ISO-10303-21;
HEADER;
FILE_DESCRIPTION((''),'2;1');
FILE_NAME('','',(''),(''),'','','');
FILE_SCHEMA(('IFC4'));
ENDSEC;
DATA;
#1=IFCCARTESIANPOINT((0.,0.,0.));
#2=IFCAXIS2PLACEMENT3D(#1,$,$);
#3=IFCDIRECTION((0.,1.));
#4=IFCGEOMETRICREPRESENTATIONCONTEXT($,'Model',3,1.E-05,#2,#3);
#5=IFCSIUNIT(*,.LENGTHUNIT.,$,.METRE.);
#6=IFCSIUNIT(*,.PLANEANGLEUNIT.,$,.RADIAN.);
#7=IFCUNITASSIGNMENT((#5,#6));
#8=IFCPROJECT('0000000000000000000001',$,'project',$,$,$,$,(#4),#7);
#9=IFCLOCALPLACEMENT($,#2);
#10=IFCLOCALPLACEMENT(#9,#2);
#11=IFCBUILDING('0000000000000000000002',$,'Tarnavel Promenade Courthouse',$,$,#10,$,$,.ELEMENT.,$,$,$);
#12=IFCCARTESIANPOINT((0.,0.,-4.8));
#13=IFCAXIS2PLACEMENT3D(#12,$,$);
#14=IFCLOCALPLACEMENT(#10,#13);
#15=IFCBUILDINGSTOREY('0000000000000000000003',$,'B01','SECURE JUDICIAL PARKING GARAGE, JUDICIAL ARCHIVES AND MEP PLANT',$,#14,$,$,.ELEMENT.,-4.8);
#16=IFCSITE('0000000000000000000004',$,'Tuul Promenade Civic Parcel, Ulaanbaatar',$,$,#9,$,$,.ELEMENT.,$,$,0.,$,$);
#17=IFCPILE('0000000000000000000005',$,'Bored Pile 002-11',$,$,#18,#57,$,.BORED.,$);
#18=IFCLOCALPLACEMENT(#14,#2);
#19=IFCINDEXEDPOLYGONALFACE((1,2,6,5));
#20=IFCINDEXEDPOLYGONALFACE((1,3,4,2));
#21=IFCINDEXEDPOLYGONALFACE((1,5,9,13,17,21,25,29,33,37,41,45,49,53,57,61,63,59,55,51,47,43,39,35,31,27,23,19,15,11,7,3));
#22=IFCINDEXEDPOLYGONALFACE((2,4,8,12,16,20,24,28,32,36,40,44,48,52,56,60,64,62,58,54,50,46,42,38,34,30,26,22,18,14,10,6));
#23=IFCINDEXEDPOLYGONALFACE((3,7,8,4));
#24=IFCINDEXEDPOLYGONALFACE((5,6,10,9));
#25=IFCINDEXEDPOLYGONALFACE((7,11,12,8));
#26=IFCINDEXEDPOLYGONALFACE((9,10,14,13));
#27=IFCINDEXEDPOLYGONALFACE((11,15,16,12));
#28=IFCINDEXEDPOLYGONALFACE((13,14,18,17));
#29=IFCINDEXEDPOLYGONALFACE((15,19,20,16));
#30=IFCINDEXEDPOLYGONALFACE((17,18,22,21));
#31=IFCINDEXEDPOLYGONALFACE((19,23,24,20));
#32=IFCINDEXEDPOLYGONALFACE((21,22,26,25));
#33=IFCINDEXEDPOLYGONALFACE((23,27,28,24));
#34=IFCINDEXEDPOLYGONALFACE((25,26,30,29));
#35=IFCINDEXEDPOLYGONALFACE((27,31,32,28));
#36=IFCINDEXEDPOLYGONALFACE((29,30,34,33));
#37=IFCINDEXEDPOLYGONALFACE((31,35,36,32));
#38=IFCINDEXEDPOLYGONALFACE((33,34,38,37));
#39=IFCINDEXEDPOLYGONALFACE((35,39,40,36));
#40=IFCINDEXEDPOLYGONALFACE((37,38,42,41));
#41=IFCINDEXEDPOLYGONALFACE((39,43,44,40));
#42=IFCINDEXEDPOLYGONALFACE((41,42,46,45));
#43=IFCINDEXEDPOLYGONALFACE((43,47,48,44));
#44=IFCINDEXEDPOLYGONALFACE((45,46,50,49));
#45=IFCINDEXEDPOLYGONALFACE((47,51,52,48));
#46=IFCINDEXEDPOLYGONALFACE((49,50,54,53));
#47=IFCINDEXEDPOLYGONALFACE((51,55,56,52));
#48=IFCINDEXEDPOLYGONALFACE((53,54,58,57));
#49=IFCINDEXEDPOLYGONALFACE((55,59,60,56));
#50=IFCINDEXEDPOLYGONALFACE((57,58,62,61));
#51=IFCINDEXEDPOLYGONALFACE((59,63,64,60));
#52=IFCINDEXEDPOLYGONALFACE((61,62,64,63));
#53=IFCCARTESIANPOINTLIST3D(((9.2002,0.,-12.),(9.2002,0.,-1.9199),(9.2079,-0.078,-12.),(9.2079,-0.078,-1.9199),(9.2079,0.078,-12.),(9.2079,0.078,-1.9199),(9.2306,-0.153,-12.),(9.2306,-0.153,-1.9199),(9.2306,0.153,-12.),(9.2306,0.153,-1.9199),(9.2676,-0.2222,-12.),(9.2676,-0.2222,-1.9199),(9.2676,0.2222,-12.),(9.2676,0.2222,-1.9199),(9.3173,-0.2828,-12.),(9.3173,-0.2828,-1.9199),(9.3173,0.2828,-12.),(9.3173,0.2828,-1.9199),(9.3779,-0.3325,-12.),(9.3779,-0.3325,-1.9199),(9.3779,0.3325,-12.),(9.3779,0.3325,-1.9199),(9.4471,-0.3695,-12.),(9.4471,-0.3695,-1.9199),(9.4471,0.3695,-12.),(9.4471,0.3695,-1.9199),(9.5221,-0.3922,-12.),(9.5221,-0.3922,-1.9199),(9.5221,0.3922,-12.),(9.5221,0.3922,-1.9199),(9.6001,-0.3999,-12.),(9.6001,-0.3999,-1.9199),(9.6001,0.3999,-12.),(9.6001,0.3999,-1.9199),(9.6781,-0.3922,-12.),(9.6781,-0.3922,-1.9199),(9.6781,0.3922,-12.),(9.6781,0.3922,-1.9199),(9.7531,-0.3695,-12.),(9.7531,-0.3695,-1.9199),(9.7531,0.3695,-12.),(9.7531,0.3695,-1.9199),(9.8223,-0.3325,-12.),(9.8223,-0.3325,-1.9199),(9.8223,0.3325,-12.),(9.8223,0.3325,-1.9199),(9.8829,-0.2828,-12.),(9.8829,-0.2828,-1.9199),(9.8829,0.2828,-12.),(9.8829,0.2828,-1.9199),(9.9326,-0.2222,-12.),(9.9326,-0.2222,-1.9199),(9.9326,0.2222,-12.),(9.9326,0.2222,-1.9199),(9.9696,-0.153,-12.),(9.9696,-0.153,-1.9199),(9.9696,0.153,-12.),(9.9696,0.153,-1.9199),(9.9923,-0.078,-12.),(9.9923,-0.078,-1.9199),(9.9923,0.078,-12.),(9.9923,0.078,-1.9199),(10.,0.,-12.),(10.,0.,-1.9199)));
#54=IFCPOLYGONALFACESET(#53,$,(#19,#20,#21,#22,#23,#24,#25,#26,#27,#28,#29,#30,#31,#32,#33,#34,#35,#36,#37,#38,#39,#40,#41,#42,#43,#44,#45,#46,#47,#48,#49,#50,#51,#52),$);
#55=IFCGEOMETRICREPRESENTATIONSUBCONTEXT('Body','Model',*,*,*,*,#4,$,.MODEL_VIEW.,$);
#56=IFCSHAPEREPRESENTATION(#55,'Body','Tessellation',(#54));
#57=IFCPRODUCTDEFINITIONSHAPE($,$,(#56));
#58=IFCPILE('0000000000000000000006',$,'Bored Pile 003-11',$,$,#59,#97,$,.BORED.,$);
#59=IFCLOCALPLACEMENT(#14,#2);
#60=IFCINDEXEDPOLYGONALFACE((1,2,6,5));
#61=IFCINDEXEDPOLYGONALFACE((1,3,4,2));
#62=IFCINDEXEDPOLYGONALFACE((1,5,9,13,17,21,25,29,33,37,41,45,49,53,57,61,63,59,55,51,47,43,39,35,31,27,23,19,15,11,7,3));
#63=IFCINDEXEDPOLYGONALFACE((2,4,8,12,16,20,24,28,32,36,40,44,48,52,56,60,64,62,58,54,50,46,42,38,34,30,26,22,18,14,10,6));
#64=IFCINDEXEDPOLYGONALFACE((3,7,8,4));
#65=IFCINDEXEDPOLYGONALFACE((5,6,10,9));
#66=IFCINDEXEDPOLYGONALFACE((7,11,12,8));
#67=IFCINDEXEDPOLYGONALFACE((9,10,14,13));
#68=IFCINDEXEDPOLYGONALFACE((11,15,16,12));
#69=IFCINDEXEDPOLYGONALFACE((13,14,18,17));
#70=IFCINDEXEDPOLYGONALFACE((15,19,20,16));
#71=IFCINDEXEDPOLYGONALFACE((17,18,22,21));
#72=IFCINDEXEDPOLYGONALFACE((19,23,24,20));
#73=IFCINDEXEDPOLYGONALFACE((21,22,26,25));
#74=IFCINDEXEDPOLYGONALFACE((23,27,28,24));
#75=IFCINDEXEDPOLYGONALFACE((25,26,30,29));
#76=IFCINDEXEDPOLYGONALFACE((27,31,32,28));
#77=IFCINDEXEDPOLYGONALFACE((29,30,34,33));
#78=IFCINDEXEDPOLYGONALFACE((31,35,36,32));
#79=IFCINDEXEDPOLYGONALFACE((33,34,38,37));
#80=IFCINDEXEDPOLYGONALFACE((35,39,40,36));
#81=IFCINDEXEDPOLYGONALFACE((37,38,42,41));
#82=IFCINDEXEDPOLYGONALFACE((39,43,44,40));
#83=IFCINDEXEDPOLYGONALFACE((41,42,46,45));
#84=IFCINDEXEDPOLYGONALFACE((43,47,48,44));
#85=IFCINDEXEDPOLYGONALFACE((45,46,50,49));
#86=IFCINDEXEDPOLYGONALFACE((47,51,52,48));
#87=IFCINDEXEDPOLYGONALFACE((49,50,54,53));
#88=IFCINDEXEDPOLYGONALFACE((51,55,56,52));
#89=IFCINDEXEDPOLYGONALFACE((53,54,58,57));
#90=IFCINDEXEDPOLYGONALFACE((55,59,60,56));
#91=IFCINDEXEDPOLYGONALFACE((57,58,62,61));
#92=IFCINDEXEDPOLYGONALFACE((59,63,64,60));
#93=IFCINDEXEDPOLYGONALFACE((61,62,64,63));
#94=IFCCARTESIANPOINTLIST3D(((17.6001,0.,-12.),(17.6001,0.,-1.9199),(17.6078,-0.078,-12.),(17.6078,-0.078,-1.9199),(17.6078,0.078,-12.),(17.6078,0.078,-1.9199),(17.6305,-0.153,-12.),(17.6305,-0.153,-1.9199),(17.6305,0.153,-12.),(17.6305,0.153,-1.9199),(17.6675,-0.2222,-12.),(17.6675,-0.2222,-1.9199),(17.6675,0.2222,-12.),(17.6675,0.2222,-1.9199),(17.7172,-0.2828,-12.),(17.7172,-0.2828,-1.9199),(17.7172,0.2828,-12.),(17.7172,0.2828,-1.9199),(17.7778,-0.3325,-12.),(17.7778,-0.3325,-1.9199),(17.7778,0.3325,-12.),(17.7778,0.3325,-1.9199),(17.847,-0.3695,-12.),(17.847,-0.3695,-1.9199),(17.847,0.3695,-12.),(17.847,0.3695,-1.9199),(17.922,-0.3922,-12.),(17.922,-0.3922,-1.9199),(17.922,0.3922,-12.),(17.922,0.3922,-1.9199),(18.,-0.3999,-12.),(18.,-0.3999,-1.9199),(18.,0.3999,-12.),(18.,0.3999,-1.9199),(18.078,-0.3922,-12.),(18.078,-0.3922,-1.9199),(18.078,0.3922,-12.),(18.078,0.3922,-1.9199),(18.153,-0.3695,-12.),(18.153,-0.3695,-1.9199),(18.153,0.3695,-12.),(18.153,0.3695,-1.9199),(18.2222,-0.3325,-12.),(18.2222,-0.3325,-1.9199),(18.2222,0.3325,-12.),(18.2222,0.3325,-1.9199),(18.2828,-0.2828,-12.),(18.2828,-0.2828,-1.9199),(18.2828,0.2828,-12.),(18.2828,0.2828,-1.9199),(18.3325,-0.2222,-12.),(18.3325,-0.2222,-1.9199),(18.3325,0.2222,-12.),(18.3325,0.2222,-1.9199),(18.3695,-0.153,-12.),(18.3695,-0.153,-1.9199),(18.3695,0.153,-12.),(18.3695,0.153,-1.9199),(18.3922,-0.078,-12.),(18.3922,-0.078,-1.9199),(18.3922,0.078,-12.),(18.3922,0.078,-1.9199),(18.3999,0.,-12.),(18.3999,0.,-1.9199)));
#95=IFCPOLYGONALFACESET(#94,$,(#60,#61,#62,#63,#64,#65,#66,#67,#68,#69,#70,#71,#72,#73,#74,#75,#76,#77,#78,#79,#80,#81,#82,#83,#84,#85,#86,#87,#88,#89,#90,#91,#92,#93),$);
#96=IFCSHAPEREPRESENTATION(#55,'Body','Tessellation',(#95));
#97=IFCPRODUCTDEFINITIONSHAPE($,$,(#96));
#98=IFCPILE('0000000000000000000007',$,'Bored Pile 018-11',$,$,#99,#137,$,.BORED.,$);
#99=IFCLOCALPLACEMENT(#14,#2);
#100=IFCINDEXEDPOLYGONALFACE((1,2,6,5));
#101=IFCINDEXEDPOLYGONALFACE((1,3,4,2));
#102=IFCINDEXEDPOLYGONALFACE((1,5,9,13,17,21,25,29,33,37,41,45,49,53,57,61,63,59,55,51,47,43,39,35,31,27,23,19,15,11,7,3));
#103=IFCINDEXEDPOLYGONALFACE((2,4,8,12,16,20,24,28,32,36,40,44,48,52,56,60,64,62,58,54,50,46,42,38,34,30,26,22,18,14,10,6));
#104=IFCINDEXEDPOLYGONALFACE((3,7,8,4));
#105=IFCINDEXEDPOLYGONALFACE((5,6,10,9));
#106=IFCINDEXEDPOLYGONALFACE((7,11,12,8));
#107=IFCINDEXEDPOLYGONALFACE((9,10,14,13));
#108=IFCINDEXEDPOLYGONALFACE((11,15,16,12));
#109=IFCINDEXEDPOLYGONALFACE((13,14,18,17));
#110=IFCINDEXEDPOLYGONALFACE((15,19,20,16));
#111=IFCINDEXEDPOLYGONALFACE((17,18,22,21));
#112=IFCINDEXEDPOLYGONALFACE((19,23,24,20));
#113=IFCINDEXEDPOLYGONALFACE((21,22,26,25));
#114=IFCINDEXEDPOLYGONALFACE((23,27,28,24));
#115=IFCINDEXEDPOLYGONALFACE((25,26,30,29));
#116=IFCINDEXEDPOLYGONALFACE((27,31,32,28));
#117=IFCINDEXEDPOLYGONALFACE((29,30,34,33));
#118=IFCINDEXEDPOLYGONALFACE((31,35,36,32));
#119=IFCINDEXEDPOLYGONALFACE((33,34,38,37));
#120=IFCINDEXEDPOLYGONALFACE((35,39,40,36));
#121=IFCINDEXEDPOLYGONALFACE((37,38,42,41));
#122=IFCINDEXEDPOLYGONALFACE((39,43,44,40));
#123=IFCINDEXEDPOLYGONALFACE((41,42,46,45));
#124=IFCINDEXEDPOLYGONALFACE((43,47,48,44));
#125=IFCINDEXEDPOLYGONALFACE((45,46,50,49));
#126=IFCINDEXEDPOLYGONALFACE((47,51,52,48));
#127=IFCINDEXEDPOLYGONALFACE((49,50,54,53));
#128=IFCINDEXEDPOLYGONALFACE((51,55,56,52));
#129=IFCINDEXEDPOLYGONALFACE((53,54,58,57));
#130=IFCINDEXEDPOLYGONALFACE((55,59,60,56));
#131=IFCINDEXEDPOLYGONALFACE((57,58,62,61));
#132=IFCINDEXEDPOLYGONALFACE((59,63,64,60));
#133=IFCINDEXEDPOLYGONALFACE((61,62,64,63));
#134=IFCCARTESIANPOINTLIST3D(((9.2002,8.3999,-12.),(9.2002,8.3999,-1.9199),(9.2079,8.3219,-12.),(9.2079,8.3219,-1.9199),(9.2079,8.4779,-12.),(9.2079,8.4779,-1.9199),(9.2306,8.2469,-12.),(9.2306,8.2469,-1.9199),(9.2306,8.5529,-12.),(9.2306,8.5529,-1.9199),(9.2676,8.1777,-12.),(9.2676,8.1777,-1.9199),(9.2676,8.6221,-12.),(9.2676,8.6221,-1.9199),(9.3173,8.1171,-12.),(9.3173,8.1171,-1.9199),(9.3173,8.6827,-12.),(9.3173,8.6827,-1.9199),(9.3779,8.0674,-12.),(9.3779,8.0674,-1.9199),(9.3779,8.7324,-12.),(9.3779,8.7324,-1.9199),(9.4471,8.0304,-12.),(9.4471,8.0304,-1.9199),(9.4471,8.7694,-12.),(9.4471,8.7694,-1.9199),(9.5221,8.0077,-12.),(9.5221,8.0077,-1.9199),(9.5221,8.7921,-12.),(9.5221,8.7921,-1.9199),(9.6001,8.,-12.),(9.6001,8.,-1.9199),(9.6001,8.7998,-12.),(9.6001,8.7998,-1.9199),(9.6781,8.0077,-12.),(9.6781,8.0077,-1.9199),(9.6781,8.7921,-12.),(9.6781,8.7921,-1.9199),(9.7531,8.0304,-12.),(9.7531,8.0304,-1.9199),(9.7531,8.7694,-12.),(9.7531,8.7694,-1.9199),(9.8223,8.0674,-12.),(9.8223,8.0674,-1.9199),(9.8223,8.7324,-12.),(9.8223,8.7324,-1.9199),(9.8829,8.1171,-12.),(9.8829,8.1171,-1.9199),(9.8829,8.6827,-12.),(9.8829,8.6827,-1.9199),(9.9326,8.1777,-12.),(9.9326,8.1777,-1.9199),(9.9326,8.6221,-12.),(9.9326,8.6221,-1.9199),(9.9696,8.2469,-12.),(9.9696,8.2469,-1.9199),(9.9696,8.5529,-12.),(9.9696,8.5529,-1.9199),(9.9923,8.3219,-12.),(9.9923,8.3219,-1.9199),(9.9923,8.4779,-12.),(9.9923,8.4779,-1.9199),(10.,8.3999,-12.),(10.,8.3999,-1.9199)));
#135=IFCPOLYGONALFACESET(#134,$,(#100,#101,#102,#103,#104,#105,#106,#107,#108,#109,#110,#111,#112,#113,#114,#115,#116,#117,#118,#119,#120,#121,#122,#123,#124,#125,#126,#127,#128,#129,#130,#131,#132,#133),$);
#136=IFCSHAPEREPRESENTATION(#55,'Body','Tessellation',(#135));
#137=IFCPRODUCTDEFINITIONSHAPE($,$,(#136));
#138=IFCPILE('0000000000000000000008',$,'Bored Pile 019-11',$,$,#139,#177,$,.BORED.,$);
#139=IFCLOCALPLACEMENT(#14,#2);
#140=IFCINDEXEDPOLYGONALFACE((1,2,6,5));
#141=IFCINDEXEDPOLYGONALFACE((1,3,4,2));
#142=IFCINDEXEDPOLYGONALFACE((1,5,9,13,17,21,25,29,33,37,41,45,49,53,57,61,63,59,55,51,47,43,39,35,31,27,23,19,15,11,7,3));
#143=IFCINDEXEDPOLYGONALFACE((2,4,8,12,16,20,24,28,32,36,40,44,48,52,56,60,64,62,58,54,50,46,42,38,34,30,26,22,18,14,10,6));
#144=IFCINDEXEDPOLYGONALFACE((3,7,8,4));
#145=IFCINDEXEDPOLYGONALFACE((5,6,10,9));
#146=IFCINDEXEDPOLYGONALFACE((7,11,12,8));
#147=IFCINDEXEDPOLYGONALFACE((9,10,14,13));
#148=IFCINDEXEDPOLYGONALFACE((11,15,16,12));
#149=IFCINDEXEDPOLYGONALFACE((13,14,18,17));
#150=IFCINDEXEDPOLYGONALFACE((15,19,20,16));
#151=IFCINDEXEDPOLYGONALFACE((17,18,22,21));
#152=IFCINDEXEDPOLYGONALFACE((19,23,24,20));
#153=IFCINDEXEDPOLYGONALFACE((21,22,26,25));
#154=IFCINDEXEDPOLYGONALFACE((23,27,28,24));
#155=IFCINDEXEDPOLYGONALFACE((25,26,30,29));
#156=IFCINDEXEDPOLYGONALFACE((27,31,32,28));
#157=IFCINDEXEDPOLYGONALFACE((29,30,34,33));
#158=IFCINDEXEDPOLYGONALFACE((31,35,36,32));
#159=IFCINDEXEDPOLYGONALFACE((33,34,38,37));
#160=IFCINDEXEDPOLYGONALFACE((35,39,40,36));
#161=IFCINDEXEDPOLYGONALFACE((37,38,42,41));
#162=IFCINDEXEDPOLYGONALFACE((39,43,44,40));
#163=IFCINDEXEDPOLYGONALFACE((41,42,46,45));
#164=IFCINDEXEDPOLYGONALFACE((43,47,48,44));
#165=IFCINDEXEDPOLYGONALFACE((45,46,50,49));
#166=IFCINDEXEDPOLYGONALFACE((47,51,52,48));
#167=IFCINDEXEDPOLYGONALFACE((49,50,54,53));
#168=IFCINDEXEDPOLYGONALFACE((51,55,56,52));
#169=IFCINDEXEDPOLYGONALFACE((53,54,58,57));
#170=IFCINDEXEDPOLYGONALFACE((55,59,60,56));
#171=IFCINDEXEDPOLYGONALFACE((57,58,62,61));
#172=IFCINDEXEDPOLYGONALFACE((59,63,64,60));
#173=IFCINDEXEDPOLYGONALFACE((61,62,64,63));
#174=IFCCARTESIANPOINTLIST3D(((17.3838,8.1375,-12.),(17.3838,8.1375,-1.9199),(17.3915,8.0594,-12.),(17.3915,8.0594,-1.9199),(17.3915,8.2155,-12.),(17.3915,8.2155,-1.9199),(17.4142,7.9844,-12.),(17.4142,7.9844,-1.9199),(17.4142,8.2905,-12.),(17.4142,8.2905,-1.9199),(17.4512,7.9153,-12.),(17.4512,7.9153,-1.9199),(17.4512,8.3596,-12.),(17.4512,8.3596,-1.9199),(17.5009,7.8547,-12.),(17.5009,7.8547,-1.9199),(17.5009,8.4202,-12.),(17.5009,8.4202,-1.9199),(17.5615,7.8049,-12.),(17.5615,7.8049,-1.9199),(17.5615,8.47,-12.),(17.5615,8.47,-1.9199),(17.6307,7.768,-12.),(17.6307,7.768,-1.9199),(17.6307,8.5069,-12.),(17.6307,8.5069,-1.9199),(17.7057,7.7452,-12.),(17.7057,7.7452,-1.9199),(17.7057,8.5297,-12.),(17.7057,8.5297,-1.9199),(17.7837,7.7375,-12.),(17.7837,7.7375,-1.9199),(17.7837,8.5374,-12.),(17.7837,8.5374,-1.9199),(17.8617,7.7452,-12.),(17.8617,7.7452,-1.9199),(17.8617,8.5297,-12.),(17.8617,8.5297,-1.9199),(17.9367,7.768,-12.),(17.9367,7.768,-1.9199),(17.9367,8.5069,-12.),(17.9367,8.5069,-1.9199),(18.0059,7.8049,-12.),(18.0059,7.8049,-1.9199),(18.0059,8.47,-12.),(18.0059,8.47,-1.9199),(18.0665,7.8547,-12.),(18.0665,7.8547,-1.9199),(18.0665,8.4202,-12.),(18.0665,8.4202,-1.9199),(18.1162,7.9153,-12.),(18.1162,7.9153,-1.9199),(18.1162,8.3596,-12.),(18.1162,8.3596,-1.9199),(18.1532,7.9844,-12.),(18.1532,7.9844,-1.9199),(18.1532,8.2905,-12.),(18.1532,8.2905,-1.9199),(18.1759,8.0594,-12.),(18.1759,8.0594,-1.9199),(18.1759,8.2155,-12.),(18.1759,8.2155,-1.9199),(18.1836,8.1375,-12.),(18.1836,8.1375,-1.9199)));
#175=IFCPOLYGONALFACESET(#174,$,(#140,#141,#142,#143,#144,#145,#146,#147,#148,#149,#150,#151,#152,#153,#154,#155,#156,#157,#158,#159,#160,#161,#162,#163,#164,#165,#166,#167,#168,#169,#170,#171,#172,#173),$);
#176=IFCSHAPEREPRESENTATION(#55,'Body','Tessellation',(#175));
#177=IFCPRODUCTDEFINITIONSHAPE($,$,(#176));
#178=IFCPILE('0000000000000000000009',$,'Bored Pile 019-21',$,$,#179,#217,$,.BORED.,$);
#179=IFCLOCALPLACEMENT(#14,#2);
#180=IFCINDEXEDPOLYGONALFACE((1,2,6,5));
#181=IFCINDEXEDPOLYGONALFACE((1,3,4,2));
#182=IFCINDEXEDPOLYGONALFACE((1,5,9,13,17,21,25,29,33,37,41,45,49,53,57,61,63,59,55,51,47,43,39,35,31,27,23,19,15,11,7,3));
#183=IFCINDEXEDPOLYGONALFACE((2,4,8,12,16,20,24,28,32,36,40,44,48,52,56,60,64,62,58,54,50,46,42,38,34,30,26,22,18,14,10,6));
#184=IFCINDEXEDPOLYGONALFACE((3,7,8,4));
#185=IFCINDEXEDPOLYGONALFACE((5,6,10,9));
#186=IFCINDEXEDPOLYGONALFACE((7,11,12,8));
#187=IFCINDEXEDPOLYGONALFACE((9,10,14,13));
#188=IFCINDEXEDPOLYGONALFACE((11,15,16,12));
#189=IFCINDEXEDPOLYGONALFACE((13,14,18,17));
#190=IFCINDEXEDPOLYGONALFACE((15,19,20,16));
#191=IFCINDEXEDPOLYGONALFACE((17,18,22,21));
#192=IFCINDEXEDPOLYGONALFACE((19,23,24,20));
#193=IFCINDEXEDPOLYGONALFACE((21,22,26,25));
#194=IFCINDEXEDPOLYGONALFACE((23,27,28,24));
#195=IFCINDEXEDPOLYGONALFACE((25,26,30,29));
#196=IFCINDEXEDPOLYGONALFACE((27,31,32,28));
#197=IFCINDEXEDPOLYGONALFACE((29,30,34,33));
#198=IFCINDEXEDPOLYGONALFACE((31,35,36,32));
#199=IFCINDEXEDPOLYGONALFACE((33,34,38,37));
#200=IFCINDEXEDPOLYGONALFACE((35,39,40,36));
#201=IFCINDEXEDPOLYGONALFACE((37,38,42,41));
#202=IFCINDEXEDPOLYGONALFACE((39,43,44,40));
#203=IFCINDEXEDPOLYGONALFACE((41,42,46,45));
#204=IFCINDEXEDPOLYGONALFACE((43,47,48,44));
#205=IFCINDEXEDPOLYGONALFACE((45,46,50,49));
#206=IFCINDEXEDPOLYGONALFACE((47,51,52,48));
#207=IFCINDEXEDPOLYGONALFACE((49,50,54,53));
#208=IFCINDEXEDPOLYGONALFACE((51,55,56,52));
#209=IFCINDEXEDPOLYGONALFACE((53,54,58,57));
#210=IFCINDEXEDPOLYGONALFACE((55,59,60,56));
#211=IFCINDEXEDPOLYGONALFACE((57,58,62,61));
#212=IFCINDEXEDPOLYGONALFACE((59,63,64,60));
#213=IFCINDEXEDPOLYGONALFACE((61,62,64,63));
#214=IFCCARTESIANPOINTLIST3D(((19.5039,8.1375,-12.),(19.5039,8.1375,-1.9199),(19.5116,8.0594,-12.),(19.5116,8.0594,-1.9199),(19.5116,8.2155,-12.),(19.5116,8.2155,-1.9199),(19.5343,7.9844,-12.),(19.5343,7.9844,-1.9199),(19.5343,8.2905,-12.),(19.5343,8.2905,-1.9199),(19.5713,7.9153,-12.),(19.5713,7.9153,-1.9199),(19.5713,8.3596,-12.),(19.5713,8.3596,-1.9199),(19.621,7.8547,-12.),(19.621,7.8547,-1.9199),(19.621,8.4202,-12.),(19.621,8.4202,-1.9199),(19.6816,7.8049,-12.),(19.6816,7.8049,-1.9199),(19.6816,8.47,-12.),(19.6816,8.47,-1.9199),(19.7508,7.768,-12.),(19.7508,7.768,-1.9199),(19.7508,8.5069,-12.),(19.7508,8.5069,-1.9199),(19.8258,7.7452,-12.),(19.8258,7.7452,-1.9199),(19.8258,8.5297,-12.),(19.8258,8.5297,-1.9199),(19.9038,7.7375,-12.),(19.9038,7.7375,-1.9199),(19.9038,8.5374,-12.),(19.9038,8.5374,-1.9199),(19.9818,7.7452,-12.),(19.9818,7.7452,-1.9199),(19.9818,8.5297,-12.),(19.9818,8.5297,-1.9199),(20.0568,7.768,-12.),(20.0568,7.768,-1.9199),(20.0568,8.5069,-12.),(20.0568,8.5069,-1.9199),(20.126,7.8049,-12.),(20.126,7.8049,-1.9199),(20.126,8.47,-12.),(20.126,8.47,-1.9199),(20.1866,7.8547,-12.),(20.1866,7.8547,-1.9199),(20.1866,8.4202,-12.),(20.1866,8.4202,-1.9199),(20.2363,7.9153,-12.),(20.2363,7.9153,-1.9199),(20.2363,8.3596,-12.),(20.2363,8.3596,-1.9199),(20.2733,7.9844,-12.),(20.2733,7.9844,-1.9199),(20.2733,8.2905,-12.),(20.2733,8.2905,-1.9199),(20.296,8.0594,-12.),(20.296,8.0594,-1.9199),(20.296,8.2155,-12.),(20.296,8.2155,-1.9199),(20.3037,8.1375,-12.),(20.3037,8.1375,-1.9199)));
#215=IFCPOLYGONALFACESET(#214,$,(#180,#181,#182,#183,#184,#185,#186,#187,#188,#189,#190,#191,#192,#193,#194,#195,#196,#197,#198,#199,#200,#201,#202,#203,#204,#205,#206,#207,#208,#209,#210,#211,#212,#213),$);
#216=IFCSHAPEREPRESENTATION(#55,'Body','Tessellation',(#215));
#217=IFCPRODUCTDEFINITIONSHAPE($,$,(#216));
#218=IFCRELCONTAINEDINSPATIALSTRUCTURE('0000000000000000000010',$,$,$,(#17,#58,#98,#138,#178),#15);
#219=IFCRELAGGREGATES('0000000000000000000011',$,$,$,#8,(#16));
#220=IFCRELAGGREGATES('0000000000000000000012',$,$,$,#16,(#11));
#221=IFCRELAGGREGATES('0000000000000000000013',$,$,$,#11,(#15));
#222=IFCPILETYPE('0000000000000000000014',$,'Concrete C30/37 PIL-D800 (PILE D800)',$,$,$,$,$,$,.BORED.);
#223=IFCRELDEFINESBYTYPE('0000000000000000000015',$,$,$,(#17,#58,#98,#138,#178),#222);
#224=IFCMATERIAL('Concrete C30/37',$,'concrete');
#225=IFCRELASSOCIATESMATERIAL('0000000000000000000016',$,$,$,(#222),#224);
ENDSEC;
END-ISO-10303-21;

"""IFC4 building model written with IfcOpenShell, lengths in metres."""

from ifc_helpers import new_model, si_unit, direction, frame, origin, origin_2d, place, context, subcontext, project, spatial, circle, extrude, material, material_profile, profile_set, type_object, element, save


model = new_model("IFC4")

# Units and contexts
model_context = context("Model", 3, precision=1e-05, world=origin(), true_north=direction((0.0, 1.0)))
body_context = subcontext(model_context, "Body", "Model", "MODEL_VIEW")
ifc_project = project(units=[si_unit("LENGTHUNIT", "METRE"), si_unit("PLANEANGLEUNIT", "RADIAN")], contexts=[model_context])

# Site, building, storey
site_placement = place(None, origin())
site = spatial("IfcSite", under=ifc_project, at=site_placement, Name="Tuul Promenade Civic Parcel, Ulaanbaatar", CompositionType="ELEMENT", RefElevation=0.0)
building_placement = place(site_placement, origin())
building = spatial("IfcBuilding", under=site, at=building_placement, Name="Tarnavel Promenade Courthouse", CompositionType="ELEMENT")
storey_placement = place(building_placement, frame((0.0, 0.0, -4.8)))
storey = spatial("IfcBuildingStorey", under=building, at=storey_placement, Name="B01", Description="SECURE JUDICIAL PARKING GARAGE, JUDICIAL ARCHIVES AND MEP PLANT", CompositionType="ELEMENT", Elevation=-4.8)

# Piles
ifc_material_1 = material(Name="Concrete C30/37", Category="concrete")
ifc_material_profile_1 = material_profile(ifc_material_1, circle(Radius=0.3999, at=origin_2d()), Name="PILE D800")
ifc_profile_set_1 = profile_set([ifc_material_profile_1], Name="Concrete C30/37")
pile_type = type_object("IfcPileType", Name="Concrete C30/37 PIL-D800 (PILE D800)", PredefinedType="BORED", material=ifc_profile_set_1)
for number, where, z_axis, x_axis, name in (
    (1, (9.6001, 0.0, -1.9199), (0.0, 0.0, -1.0), (1.0, 0.0, 0.0), "Bored Pile 002-11"),
    (2, (18.0, 0.0, -1.9199), (0.0, 0.0, -1.0), (1.0, 0.0, 0.0), "Bored Pile 003-11"),
    (3, (9.6001, 8.3999, -1.9199), (0.0, 0.0, -1.0), (1.0, 0.0, 0.0), "Bored Pile 018-11"),
    (4, (17.7837, 8.1375, -1.9199), (0.0, 0.0, -1.0), (1.0, 0.0, 0.0), "Bored Pile 019-11"),
    (5, (19.9038, 8.1375, -1.9199), (0.0, 0.0, -1.0), (1.0, 0.0, 0.0), "Bored Pile 019-21"),
):
    element("IfcPile", number, at=place(storey_placement, frame(where, z_axis=z_axis, x_axis=x_axis)), inside=storey, type_object=pile_type, Name=name, PredefinedType="BORED", context=body_context, shape_type="SweptSolid", body=[
        extrude(circle(Radius=0.3999, at=origin_2d()), origin(), (0.0, 0.0, 1.0), 10.0801),
    ])

save(model, "model.ifc")
